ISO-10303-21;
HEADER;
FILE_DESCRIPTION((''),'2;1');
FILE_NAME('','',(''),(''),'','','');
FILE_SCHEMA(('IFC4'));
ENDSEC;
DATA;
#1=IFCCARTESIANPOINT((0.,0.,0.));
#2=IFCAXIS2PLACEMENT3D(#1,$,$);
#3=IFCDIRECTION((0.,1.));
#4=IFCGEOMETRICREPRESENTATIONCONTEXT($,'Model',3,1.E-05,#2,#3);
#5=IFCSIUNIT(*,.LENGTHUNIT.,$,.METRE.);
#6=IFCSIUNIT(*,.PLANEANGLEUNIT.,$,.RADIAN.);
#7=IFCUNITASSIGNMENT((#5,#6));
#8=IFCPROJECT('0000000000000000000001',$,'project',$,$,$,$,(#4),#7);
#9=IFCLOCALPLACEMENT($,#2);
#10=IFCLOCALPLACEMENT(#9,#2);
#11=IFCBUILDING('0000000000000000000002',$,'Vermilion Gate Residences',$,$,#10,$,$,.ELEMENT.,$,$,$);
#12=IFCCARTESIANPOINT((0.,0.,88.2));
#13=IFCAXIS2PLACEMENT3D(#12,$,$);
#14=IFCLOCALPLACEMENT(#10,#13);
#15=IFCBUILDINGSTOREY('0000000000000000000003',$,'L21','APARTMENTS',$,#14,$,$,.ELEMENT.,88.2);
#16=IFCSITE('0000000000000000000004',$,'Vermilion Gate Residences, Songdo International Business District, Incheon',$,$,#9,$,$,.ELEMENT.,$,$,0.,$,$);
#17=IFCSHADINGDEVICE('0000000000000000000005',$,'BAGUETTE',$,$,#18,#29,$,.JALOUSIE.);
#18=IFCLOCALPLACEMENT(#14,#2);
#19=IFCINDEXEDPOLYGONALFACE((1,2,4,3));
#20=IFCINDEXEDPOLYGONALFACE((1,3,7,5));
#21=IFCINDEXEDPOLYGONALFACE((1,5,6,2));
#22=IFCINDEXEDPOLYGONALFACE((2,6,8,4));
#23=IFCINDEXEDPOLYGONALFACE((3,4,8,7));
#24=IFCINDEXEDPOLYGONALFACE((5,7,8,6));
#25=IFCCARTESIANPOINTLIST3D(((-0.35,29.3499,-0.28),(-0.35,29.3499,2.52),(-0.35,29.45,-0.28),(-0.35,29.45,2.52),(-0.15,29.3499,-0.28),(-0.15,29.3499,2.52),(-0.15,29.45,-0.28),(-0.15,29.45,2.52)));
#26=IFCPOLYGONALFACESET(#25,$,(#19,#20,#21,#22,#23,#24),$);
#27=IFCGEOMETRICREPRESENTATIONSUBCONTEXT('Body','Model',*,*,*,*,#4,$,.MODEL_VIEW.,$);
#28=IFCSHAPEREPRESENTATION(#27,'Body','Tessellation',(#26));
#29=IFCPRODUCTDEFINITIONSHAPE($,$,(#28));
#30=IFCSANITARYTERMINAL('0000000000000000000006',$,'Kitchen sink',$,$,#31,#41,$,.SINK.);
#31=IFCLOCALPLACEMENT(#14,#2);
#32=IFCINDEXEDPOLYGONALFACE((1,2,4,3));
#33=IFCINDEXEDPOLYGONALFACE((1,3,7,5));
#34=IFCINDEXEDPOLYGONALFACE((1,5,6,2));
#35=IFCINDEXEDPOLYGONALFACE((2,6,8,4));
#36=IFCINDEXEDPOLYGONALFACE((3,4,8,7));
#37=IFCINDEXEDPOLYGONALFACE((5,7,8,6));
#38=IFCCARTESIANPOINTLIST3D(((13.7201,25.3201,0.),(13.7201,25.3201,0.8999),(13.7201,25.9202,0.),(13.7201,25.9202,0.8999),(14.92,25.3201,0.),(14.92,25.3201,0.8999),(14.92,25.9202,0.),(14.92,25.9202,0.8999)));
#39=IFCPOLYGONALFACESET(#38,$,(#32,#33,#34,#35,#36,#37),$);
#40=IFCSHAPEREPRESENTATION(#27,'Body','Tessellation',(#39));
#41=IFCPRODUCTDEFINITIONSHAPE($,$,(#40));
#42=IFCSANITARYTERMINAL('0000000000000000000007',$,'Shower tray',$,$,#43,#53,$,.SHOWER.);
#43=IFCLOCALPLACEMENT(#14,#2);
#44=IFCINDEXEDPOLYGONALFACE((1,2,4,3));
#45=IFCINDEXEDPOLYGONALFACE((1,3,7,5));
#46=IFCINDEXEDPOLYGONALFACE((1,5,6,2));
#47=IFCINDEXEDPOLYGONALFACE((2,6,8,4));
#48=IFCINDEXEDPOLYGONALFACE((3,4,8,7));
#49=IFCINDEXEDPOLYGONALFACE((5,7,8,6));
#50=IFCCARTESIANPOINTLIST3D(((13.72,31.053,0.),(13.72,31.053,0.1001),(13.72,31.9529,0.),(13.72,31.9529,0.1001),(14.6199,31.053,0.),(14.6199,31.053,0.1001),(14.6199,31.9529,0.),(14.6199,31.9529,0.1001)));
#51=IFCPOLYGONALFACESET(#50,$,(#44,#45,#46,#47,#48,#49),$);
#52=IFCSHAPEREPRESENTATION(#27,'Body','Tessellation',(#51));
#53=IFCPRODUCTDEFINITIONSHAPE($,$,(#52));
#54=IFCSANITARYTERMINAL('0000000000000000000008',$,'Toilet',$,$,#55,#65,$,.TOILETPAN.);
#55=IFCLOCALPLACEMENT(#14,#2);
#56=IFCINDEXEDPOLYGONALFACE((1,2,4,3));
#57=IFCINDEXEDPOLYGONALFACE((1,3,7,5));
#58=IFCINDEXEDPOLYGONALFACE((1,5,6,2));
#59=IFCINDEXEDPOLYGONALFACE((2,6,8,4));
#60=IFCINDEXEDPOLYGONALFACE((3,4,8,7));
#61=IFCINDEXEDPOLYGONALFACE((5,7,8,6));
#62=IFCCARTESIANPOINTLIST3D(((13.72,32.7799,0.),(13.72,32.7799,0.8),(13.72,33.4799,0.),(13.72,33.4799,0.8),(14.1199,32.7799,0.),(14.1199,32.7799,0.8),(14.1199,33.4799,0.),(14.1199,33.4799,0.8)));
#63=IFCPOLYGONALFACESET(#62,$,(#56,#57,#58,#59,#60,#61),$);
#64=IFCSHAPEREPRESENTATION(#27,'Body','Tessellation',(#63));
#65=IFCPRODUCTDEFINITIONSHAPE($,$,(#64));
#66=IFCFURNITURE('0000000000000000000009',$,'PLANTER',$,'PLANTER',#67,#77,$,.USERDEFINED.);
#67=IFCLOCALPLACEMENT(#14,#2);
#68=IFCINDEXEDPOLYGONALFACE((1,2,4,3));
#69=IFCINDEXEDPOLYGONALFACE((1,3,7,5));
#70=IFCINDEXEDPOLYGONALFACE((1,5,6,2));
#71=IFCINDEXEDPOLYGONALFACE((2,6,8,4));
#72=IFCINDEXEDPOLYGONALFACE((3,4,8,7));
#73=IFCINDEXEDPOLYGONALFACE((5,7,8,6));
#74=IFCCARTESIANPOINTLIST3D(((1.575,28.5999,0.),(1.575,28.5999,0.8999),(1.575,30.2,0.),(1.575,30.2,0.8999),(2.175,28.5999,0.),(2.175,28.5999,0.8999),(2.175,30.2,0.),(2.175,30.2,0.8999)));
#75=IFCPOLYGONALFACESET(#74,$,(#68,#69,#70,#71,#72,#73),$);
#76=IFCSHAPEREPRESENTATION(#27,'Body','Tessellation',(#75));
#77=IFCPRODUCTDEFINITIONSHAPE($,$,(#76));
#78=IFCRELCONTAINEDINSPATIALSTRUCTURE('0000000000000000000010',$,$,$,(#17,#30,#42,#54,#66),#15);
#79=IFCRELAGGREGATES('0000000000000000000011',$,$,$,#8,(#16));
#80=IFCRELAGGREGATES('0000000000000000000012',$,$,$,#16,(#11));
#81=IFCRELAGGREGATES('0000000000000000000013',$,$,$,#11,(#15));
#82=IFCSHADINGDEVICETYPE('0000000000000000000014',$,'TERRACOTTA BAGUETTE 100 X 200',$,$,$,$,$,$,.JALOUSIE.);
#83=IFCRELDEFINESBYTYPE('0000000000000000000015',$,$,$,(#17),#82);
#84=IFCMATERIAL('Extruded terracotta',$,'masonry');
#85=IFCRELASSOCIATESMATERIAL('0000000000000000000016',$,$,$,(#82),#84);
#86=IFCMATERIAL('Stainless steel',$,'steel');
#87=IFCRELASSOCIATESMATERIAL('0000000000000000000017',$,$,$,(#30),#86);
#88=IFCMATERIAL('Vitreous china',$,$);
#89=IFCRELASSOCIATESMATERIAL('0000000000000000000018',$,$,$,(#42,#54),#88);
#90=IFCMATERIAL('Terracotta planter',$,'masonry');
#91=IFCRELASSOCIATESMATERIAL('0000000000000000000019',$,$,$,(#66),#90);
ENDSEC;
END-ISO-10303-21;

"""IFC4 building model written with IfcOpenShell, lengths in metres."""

from ifc_helpers import new_model, si_unit, direction, frame, origin, origin_2d, place, context, subcontext, project, spatial, rectangle, extrude, material, material_profile, profile_set, type_object, element, save


model = new_model("IFC4")

# Units and contexts
model_context = context("Model", 3, precision=1e-05, world=origin(), true_north=direction((0.0, 1.0)))
body_context = subcontext(model_context, "Body", "Model", "MODEL_VIEW")
ifc_project = project(units=[si_unit("LENGTHUNIT", "METRE"), si_unit("PLANEANGLEUNIT", "RADIAN")], contexts=[model_context])

# Site, building, storey
site_placement = place(None, origin())
site = spatial("IfcSite", under=ifc_project, at=site_placement, Name="Vermilion Gate Residences, Songdo International Business District, Incheon", CompositionType="ELEMENT", RefElevation=0.0)
building_placement = place(site_placement, origin())
building = spatial("IfcBuilding", under=site, at=building_placement, Name="Vermilion Gate Residences", CompositionType="ELEMENT")
storey_placement = place(building_placement, frame((0.0, 0.0, 88.2)))
storey = spatial("IfcBuildingStorey", under=building, at=storey_placement, Name="L21", Description="APARTMENTS", CompositionType="ELEMENT", Elevation=88.2)

# Shading device
ifc_material_1 = material(Name="Extruded terracotta", Category="masonry")
ifc_material_profile_1 = material_profile(ifc_material_1, rectangle(XDim=0.2, YDim=0.1001, at=origin_2d()), Name="BAGUETTE 100 X 200")
ifc_profile_set_1 = profile_set([ifc_material_profile_1], Name="Extruded terracotta")
shading_device_type_1 = type_object("IfcShadingDeviceType", Name="TERRACOTTA BAGUETTE 100 X 200", PredefinedType="JALOUSIE", material=ifc_profile_set_1)
shading_device_1_placement = place(storey_placement, frame((-0.25, 29.3999, -0.28), z_axis=(0.0, 0.0, 1.0), x_axis=(1.0, 0.0, 0.0)))
element("IfcShadingDevice", 1, at=shading_device_1_placement, inside=storey, type_object=shading_device_type_1, Name="BAGUETTE", PredefinedType="JALOUSIE", context=body_context, shape_type="SweptSolid", body=[
    extrude(rectangle(XDim=0.2, YDim=0.1001, at=origin_2d()), origin(), (0.0, 0.0, 1.0), 2.8),
])

# Sanitary terminals
ifc_material_2 = material(Name="Stainless steel", Category="steel")
sanitary_terminal_1_placement = place(storey_placement, frame((14.3201, 25.6201, 0.0), z_axis=(0.0, 0.0, 1.0), x_axis=(1.0, 0.0, 0.0)))
element("IfcSanitaryTerminal", 2, at=sanitary_terminal_1_placement, inside=storey, material=ifc_material_2, Name="Kitchen sink", PredefinedType="SINK", context=body_context, shape_type="SweptSolid", body=[
    extrude(rectangle(XDim=1.2, YDim=0.6001, at=origin_2d()), origin(), (0.0, 0.0, 1.0), 0.8999),
])
ifc_material_3 = material(Name="Vitreous china")
sanitary_terminal_2_placement = place(storey_placement, frame((14.1699, 31.5029, 0.0), z_axis=(0.0, 0.0, 1.0), x_axis=(1.0, 0.0, 0.0)))
element("IfcSanitaryTerminal", 3, at=sanitary_terminal_2_placement, inside=storey, material=ifc_material_3, Name="Shower tray", PredefinedType="SHOWER", context=body_context, shape_type="SweptSolid", body=[
    extrude(rectangle(XDim=0.8999, YDim=0.8999, at=origin_2d()), origin(), (0.0, 0.0, 1.0), 0.1001),
])
sanitary_terminal_3_placement = place(storey_placement, frame((13.9199, 33.1299, 0.0), z_axis=(0.0, 0.0, 1.0), x_axis=(1.0, 0.0, 0.0)))
element("IfcSanitaryTerminal", 4, at=sanitary_terminal_3_placement, inside=storey, material=ifc_material_3, Name="Toilet", PredefinedType="TOILETPAN", context=body_context, shape_type="SweptSolid", body=[
    extrude(rectangle(XDim=0.3999, YDim=0.7, at=origin_2d()), origin(), (0.0, 0.0, 1.0), 0.8),
])

# Furniture
ifc_material_4 = material(Name="Terracotta planter", Category="masonry")
furniture_placement = place(storey_placement, frame((1.875, 29.3999, 0.0), z_axis=(0.0, 0.0, 1.0), x_axis=(0.0, -1.0, 0.0)))
element("IfcFurniture", 5, at=furniture_placement, inside=storey, material=ifc_material_4, Name="PLANTER", ObjectType="PLANTER", PredefinedType="USERDEFINED", context=body_context, shape_type="SweptSolid", body=[
    extrude(rectangle(XDim=1.6001, YDim=0.6001, at=origin_2d()), origin(), (0.0, 0.0, 1.0), 0.8999),
])

save(model, "model.ifc")
